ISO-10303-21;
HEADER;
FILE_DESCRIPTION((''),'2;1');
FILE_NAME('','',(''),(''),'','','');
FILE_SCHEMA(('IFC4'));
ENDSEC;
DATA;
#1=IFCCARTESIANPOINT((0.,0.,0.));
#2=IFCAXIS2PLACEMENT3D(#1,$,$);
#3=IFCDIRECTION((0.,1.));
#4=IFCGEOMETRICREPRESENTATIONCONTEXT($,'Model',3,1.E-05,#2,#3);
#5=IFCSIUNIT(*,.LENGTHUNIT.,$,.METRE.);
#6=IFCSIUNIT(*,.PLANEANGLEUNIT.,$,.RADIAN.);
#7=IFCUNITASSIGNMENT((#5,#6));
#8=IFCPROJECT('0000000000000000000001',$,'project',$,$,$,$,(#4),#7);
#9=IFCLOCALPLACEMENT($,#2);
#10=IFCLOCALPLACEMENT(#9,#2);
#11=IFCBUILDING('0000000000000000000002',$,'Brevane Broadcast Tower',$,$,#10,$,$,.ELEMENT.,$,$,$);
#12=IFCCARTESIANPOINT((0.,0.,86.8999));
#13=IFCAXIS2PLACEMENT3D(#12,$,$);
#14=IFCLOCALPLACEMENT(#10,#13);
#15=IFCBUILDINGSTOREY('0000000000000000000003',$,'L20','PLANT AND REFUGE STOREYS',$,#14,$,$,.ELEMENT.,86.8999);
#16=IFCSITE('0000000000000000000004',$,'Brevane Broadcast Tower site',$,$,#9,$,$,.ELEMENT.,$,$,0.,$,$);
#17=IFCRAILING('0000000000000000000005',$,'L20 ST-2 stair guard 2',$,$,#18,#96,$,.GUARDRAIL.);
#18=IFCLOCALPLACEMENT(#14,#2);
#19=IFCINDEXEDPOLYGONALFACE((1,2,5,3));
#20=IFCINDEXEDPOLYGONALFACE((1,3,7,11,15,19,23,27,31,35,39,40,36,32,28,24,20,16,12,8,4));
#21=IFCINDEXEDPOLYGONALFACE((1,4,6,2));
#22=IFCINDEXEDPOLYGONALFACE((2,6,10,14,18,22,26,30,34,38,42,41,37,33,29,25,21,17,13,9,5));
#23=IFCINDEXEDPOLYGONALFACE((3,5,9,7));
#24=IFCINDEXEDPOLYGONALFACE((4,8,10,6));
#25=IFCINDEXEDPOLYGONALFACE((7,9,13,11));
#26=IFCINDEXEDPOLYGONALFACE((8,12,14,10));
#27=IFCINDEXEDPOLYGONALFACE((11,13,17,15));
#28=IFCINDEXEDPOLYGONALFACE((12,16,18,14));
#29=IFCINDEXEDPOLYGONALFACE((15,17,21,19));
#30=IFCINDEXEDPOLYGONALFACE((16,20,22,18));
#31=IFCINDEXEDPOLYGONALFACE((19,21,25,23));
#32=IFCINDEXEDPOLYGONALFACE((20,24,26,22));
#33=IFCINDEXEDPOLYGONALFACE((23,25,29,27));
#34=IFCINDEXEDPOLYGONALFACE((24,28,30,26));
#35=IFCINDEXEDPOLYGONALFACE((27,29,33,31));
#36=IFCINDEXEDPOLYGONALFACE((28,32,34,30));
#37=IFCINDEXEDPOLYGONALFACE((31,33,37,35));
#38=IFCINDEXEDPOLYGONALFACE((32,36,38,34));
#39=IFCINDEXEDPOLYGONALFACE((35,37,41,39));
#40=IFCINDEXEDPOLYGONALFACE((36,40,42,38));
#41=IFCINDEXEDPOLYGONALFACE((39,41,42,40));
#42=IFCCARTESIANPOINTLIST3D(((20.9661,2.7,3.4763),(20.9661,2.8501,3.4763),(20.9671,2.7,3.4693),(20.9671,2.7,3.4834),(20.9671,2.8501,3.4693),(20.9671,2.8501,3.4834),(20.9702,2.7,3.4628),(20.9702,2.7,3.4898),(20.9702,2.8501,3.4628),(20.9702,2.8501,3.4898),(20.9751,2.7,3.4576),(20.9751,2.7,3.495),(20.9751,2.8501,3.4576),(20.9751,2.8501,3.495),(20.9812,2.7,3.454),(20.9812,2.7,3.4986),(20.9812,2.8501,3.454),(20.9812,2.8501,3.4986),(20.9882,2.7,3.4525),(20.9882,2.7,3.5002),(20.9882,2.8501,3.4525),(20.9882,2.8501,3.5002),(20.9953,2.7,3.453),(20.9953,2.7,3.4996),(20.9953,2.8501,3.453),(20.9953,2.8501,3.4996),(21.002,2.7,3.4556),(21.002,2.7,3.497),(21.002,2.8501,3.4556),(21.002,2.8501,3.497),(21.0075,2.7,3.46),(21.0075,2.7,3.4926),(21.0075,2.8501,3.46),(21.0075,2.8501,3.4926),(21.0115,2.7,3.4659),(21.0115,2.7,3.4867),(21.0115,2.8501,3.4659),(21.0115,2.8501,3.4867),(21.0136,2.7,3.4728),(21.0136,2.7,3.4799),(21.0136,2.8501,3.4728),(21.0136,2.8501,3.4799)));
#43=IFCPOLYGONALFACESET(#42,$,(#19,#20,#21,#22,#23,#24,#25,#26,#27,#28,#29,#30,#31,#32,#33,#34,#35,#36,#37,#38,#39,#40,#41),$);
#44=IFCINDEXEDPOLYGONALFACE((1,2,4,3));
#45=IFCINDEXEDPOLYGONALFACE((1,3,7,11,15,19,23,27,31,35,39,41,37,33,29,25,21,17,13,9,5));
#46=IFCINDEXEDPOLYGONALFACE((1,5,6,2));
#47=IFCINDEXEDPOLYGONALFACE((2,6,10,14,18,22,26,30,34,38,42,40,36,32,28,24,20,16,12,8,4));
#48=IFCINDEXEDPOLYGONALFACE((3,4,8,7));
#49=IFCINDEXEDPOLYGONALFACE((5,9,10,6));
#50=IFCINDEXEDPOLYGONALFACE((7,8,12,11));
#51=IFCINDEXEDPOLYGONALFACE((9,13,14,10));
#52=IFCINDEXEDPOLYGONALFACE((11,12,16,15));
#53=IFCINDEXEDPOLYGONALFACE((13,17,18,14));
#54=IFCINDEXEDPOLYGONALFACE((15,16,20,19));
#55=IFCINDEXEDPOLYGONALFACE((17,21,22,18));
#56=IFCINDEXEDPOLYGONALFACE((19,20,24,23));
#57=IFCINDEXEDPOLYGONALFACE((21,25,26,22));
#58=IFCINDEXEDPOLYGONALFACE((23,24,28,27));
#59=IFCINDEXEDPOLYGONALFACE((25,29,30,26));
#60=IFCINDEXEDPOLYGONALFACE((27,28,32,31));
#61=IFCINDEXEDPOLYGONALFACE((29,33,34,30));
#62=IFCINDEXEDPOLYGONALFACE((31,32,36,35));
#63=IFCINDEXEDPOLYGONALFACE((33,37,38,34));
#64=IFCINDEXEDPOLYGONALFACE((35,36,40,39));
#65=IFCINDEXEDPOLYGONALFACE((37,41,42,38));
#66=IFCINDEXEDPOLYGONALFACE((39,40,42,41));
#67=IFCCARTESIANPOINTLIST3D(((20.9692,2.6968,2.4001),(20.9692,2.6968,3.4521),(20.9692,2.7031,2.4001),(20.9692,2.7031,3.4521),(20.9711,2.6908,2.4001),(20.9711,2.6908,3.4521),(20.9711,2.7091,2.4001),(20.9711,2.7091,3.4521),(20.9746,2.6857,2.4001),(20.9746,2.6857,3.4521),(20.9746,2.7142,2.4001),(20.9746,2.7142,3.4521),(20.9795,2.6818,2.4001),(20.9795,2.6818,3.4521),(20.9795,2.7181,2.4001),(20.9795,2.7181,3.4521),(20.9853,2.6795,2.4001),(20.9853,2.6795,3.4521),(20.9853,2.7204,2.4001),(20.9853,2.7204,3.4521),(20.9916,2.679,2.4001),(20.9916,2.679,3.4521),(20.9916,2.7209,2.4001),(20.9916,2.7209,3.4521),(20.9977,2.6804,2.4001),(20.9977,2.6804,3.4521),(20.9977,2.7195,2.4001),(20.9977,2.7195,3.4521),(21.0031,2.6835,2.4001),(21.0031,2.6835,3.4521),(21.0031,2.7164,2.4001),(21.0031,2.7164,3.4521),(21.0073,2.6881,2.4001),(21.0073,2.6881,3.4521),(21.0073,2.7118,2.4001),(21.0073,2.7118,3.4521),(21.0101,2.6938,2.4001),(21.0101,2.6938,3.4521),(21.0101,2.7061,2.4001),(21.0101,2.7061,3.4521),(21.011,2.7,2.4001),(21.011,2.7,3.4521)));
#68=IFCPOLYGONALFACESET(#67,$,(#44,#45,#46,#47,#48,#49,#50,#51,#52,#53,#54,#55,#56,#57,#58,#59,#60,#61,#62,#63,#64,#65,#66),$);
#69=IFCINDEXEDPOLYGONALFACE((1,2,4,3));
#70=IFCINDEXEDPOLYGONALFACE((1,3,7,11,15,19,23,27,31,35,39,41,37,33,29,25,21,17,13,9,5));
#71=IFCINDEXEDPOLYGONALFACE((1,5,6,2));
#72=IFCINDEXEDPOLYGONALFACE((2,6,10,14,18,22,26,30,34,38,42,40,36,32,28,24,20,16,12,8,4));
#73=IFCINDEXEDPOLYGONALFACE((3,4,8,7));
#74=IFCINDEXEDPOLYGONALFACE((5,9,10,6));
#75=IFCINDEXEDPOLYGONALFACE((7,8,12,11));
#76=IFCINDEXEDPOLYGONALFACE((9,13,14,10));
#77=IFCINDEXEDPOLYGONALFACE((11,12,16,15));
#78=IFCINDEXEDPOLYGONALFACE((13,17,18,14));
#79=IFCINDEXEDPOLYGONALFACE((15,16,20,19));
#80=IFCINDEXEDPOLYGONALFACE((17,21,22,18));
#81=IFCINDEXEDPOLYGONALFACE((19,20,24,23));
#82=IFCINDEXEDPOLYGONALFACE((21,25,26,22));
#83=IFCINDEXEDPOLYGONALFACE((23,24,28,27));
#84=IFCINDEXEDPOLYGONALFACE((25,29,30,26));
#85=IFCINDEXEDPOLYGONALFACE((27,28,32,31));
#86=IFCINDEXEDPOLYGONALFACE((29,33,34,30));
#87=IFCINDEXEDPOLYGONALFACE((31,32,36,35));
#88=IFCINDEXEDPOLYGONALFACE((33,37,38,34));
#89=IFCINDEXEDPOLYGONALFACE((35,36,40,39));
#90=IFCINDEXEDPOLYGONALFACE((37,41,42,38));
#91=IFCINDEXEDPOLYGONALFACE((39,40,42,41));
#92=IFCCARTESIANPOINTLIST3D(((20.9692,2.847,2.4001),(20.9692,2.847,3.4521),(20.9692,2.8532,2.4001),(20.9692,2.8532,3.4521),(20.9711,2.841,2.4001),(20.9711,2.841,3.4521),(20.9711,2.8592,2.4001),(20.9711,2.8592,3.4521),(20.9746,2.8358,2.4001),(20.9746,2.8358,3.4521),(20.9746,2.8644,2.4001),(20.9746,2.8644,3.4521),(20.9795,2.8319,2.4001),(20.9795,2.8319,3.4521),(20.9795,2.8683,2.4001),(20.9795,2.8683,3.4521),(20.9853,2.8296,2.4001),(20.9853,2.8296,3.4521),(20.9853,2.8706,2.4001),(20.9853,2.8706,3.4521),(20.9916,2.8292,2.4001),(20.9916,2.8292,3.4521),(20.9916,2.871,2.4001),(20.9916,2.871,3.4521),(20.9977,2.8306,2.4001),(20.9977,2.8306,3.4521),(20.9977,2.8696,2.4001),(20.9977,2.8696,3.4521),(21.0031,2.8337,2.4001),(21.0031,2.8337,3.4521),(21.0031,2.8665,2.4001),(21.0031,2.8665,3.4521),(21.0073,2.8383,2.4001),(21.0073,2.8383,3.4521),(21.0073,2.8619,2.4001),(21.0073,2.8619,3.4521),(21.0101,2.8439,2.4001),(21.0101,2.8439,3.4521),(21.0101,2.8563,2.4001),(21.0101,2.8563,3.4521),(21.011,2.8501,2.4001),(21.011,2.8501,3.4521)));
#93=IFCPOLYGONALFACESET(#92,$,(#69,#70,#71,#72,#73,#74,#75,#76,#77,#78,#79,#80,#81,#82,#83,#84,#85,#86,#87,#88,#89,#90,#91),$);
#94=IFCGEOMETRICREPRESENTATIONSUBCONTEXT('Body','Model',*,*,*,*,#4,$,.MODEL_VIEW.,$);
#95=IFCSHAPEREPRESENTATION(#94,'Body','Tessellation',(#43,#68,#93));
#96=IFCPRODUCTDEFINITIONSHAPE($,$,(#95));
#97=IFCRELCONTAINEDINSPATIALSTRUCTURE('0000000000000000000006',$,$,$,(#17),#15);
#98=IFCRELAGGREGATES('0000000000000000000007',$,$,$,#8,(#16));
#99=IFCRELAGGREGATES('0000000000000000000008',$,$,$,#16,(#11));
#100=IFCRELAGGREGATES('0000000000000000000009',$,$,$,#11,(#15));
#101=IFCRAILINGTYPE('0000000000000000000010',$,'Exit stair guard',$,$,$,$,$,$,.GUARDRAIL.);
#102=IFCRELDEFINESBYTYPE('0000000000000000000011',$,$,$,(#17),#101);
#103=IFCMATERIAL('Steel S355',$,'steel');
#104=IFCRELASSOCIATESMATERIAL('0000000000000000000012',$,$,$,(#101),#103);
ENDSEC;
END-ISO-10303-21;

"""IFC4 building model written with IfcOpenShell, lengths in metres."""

from ifc_helpers import new_model, si_unit, direction, frame, origin, origin_2d, place, context, subcontext, project, spatial, circle, extrude, material, type_object, element, save


model = new_model("IFC4")

# Units and contexts
model_context = context("Model", 3, precision=1e-05, world=origin(), true_north=direction((0.0, 1.0)))
body_context = subcontext(model_context, "Body", "Model", "MODEL_VIEW")
ifc_project = project(units=[si_unit("LENGTHUNIT", "METRE"), si_unit("PLANEANGLEUNIT", "RADIAN")], contexts=[model_context])

# Site, building, storey
site_placement = place(None, origin())
site = spatial("IfcSite", under=ifc_project, at=site_placement, Name="Brevane Broadcast Tower site", CompositionType="ELEMENT", RefElevation=0.0)
building_placement = place(site_placement, origin())
building = spatial("IfcBuilding", under=site, at=building_placement, Name="Brevane Broadcast Tower", CompositionType="ELEMENT")
storey_placement = place(building_placement, frame((0.0, 0.0, 86.8999)))
storey = spatial("IfcBuildingStorey", under=building, at=storey_placement, Name="L20", Description="PLANT AND REFUGE STOREYS", CompositionType="ELEMENT", Elevation=86.8999)

# Shared definitions
ifc_material_1 = material(Name="Steel S355", Category="steel")

# Railing
railing_type_1 = type_object("IfcRailingType", Name="Exit stair guard", PredefinedType="GUARDRAIL", material=ifc_material_1)
railing_1_placement = place(storey_placement, frame((20.99, 2.7, 2.4001)))
element("IfcRailing", 1, at=railing_1_placement, inside=storey, type_object=railing_type_1, Name="L20 ST-2 stair guard 2", PredefinedType="GUARDRAIL", context=body_context, shape_type="SweptSolid", body=[
    extrude(circle(Radius=0.0239, at=origin_2d()), frame((0.0, 0.0, 1.0762), z_axis=(0.0, 1.0, 0.0), x_axis=(-1.0, 0.0, 0.0)), (0.0, 0.0, 1.0), 0.1501),
    extrude(circle(Radius=0.021, at=origin_2d()), origin(), (0.0, 0.0, 1.0), 1.052),
    extrude(circle(Radius=0.021, at=origin_2d()), frame((0.0, 0.1501, 0.0)), (0.0, 0.0, 1.0), 1.052),
])

save(model, "model.ifc")
